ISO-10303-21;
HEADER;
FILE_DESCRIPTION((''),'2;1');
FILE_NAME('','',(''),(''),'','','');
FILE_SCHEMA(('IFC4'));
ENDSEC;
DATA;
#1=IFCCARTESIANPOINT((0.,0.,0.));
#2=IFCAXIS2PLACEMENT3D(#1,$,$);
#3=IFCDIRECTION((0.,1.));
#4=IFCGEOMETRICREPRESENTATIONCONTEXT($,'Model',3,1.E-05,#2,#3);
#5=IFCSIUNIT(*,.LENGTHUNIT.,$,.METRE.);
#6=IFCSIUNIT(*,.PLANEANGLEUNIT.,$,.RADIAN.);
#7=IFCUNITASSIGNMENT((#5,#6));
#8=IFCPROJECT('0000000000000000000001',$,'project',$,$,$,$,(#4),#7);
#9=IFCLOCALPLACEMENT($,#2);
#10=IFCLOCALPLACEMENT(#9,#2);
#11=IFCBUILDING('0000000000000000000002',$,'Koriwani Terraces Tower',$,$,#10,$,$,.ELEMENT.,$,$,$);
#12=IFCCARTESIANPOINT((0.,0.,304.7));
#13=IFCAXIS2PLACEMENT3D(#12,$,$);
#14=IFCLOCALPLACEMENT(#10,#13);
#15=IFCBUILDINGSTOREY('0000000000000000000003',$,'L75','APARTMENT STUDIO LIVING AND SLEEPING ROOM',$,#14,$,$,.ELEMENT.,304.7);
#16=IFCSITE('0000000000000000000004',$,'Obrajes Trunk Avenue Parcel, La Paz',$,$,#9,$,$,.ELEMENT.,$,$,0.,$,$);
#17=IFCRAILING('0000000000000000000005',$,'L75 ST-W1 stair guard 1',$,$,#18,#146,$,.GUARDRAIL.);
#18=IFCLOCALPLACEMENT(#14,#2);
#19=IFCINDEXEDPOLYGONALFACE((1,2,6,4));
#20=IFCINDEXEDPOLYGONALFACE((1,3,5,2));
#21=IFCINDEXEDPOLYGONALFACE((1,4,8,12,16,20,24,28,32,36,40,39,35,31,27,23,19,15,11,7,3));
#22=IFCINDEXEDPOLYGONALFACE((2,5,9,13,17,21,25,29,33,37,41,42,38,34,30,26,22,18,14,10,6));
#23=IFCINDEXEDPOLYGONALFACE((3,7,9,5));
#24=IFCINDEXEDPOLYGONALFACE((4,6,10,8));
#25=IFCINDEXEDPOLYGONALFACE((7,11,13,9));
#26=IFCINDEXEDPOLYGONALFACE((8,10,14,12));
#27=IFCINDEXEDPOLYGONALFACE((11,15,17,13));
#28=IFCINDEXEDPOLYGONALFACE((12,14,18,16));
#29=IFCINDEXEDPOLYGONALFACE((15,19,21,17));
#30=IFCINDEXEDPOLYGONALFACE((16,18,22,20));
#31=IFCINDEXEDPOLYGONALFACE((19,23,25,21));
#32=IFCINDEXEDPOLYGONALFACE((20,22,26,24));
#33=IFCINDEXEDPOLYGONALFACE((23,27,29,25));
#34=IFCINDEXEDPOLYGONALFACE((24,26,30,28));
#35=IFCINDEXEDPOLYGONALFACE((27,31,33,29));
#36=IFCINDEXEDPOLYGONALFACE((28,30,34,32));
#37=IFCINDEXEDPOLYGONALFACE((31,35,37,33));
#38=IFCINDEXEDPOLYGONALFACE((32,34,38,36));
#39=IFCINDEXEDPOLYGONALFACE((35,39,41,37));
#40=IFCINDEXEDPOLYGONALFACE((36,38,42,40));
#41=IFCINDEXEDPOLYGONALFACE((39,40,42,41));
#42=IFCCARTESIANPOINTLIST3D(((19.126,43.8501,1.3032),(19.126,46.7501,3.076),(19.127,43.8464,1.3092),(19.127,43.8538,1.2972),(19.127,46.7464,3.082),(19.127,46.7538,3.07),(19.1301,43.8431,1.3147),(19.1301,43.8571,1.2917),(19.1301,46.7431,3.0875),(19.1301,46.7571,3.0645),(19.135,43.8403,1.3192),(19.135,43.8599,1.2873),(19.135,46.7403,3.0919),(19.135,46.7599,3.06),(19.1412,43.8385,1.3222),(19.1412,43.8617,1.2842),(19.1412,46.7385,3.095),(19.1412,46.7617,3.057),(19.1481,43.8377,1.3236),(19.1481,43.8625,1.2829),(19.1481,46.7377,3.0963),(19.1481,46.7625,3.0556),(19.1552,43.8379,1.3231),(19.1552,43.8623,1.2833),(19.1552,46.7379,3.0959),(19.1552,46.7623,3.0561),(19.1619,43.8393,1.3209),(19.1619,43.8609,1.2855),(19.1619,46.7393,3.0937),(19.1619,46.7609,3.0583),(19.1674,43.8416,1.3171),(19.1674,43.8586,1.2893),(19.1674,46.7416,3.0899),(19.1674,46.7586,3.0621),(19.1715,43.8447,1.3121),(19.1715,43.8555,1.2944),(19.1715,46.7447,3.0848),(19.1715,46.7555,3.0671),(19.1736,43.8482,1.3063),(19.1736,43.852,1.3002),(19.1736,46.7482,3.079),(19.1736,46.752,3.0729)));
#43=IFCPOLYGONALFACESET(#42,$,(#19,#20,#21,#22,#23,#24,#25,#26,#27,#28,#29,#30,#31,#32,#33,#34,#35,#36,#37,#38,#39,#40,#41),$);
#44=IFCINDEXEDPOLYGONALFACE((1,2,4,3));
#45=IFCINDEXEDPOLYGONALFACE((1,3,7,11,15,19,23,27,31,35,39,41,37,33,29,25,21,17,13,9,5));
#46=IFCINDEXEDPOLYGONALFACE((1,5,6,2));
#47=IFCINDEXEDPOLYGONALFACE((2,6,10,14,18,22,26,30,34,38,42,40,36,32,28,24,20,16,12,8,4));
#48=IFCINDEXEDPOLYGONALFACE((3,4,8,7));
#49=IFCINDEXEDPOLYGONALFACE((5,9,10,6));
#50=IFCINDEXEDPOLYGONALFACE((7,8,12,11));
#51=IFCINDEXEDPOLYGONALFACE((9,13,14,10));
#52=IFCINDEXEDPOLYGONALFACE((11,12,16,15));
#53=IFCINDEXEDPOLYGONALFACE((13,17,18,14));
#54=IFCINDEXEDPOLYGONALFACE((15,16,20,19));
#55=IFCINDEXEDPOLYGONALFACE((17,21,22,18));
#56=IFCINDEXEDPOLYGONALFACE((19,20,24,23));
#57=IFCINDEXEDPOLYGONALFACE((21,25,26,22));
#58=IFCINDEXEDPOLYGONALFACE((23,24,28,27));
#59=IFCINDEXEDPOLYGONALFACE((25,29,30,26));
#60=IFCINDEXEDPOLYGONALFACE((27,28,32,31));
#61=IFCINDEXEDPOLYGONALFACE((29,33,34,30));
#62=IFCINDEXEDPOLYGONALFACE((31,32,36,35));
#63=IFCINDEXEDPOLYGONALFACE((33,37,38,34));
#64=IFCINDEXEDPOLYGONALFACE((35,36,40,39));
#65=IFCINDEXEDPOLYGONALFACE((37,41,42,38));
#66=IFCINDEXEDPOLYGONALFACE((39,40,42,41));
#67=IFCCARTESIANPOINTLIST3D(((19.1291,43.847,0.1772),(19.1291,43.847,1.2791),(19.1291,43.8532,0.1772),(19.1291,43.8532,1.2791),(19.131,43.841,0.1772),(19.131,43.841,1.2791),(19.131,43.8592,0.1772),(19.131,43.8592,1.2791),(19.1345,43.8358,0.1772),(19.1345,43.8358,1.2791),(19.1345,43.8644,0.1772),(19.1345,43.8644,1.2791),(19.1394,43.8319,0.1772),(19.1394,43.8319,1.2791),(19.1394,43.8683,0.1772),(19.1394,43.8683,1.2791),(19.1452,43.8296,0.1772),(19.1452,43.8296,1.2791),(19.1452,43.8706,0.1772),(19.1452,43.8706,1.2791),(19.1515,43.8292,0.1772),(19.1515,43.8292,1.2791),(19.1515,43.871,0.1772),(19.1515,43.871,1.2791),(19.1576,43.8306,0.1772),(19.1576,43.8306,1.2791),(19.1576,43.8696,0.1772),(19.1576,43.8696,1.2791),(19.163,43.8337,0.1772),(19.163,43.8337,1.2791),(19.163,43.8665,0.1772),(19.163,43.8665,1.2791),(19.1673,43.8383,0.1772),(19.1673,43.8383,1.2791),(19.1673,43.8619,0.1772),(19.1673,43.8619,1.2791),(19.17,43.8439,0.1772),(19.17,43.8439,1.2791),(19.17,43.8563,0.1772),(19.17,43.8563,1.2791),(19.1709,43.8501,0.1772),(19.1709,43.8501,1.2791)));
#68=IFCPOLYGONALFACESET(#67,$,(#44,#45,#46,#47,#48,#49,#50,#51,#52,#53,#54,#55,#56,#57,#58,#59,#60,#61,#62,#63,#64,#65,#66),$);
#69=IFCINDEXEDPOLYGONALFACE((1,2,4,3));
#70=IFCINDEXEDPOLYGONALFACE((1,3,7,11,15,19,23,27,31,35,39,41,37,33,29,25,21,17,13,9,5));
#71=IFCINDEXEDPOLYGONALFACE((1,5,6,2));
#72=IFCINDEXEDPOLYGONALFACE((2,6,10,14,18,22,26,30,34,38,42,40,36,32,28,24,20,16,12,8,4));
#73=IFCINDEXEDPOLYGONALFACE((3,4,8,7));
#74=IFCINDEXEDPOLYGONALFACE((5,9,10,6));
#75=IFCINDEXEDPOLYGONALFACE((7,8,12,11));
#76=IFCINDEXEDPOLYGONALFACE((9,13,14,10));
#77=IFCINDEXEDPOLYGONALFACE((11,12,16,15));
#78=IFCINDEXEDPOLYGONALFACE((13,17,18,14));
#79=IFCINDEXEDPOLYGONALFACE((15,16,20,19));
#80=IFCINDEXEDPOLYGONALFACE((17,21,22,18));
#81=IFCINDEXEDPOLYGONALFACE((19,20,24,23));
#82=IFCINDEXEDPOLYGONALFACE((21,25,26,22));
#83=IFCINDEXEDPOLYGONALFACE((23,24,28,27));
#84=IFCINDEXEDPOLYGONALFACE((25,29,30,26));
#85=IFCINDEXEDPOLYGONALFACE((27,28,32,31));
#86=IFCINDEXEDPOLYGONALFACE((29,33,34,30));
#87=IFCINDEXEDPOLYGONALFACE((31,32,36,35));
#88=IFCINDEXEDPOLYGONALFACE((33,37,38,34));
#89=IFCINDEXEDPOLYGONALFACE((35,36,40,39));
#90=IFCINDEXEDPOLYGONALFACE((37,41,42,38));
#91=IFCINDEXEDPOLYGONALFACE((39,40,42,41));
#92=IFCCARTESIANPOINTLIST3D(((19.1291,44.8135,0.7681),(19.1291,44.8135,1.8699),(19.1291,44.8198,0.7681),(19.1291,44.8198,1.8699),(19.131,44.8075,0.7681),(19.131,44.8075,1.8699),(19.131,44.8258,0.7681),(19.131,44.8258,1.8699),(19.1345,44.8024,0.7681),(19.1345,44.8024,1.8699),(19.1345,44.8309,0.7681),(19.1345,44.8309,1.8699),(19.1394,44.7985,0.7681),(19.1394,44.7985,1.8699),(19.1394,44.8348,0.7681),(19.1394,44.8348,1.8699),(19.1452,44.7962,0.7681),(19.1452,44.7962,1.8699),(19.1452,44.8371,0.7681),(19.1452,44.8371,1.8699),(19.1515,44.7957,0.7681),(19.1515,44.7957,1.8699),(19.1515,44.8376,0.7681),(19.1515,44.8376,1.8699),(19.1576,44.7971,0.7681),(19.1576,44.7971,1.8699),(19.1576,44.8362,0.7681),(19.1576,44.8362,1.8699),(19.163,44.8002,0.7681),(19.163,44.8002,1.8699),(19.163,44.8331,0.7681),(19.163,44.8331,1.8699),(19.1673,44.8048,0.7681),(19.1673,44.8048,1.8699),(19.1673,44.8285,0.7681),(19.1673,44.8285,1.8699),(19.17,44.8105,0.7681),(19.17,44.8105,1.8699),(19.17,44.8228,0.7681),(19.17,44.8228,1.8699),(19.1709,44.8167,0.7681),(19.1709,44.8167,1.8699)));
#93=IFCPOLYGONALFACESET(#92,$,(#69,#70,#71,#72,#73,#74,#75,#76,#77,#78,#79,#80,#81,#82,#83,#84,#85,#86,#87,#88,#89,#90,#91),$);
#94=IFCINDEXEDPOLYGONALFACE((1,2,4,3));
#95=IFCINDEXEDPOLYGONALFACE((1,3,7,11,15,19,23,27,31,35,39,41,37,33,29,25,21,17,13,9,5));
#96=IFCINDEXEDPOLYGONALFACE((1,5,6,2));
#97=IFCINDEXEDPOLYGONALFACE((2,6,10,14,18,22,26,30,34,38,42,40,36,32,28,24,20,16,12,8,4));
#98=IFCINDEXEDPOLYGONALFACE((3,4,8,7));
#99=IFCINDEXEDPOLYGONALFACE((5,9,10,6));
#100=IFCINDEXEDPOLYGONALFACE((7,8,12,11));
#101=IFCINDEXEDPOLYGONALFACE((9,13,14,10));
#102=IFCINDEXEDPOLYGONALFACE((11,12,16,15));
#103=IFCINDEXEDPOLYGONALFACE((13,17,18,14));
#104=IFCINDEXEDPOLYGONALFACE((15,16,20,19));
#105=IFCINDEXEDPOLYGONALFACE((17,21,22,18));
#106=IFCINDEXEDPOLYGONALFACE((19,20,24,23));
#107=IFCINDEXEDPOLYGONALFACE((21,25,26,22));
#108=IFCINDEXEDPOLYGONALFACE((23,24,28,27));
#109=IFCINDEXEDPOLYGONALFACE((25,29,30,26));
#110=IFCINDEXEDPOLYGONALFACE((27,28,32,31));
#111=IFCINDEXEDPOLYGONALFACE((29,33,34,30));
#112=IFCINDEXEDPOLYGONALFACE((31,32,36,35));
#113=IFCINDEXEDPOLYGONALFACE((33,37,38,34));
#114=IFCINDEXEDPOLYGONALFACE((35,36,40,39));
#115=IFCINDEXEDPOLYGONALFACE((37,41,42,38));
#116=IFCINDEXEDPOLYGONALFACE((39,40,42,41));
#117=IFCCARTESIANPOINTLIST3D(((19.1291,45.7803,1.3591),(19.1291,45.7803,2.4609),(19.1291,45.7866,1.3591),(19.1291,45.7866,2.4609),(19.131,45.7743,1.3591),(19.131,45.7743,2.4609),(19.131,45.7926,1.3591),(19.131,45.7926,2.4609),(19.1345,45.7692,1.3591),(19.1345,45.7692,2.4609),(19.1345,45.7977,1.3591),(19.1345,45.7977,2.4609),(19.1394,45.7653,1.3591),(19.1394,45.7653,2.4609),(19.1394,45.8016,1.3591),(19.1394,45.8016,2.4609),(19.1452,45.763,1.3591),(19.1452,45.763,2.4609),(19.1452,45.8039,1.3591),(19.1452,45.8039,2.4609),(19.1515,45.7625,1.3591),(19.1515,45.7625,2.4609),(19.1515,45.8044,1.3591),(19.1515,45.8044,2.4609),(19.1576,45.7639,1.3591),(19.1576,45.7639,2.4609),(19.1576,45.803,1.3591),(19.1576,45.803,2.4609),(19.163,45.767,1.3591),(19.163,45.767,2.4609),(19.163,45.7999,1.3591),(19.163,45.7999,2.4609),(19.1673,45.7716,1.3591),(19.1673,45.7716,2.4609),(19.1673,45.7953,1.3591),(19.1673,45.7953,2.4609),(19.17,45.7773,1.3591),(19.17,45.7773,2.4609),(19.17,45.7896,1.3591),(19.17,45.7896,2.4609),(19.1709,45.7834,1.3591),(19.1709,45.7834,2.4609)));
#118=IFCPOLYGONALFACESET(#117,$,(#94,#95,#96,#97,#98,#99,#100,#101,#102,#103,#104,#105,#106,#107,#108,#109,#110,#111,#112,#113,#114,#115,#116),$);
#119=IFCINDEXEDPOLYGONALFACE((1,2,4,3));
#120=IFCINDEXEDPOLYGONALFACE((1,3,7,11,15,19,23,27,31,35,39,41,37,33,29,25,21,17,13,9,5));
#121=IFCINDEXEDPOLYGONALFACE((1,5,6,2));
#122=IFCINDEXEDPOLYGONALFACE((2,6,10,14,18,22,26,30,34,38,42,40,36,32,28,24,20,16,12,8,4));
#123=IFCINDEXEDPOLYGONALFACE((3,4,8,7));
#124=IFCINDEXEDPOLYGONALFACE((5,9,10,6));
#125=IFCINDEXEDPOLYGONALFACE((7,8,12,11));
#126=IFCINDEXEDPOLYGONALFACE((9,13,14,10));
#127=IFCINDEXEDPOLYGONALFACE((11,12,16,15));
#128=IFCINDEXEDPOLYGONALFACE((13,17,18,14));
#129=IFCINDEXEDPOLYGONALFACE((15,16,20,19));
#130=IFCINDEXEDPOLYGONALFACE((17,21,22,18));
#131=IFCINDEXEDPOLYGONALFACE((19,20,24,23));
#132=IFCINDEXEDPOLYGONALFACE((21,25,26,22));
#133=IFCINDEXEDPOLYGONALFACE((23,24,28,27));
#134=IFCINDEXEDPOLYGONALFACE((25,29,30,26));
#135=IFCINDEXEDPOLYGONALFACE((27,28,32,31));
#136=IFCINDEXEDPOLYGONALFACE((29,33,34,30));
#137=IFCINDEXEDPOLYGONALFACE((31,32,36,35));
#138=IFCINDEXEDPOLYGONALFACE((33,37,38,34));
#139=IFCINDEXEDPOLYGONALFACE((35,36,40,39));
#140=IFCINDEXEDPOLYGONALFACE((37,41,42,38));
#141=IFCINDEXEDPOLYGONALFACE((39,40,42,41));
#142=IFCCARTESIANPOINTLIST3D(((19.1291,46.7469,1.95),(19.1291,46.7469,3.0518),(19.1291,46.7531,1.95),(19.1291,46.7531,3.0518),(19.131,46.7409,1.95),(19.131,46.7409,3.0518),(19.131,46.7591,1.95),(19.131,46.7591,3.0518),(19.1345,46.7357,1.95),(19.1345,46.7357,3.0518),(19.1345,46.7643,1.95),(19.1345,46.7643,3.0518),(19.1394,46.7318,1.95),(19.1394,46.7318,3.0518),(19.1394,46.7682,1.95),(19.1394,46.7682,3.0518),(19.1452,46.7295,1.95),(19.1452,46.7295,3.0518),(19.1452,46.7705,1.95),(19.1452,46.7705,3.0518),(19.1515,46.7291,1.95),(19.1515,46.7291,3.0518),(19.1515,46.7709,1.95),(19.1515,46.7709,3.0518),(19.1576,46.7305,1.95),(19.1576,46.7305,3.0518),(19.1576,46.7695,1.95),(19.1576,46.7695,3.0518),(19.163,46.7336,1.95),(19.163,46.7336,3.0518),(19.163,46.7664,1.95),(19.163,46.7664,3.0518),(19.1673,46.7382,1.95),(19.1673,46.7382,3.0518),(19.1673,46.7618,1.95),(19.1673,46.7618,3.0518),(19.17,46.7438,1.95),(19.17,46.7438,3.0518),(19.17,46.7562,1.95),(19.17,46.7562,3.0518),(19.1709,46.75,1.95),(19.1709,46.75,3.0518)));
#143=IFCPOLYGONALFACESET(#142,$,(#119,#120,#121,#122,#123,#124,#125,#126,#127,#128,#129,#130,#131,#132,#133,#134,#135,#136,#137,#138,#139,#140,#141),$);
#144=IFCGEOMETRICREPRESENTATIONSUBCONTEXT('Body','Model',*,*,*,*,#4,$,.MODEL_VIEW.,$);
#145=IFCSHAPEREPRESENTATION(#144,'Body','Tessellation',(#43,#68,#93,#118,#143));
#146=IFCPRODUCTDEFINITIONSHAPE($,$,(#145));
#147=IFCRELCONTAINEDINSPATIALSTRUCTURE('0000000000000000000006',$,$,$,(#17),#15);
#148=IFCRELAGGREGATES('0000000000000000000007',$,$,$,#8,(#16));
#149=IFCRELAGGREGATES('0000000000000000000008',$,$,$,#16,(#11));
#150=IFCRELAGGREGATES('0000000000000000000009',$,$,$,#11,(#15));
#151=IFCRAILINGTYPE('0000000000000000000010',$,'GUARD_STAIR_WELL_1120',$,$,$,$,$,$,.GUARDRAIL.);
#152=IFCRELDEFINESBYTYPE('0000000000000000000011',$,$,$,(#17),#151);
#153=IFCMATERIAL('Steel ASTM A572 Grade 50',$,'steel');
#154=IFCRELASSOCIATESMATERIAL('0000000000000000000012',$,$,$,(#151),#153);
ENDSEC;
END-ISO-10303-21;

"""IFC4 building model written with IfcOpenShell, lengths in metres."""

from ifc_helpers import new_model, si_unit, direction, frame, origin, origin_2d, place, context, subcontext, project, spatial, circle, extrude, material, type_object, element, save


model = new_model("IFC4")

# Units and contexts
model_context = context("Model", 3, precision=1e-05, world=origin(), true_north=direction((0.0, 1.0)))
body_context = subcontext(model_context, "Body", "Model", "MODEL_VIEW")
ifc_project = project(units=[si_unit("LENGTHUNIT", "METRE"), si_unit("PLANEANGLEUNIT", "RADIAN")], contexts=[model_context])

# Site, building, storey
site_placement = place(None, origin())
site = spatial("IfcSite", under=ifc_project, at=site_placement, Name="Obrajes Trunk Avenue Parcel, La Paz", CompositionType="ELEMENT", RefElevation=0.0)
building_placement = place(site_placement, origin())
building = spatial("IfcBuilding", under=site, at=building_placement, Name="Koriwani Terraces Tower", CompositionType="ELEMENT")
storey_placement = place(building_placement, frame((0.0, 0.0, 304.7)))
storey = spatial("IfcBuildingStorey", under=building, at=storey_placement, Name="L75", Description="APARTMENT STUDIO LIVING AND SLEEPING ROOM", CompositionType="ELEMENT", Elevation=304.7)

# Shared definitions
ifc_material_1 = material(Name="Steel ASTM A572 Grade 50", Category="steel")

# Railing
railing_type_1 = type_object("IfcRailingType", Name="GUARD_STAIR_WELL_1120", PredefinedType="GUARDRAIL", material=ifc_material_1)
railing_1_placement = place(storey_placement, frame((19.1499, 43.8501, 0.1772)))
element("IfcRailing", 1, at=railing_1_placement, inside=storey, type_object=railing_type_1, Name="L75 ST-W1 stair guard 1", PredefinedType="GUARDRAIL", context=body_context, shape_type="SweptSolid", body=[
    extrude(circle(Radius=0.0239, at=origin_2d()), frame((0.0, 0.0, 1.126), z_axis=(0.0, 0.853211, 0.521566), x_axis=(-1.0, 0.0, 0.0)), (0.0, 0.0, 1.0), 3.3989),
    extrude(circle(Radius=0.021, at=origin_2d()), origin(), (0.0, 0.0, 1.0), 1.1018),
    extrude(circle(Radius=0.021, at=origin_2d()), frame((0.0, 0.9666, 0.5908)), (0.0, 0.0, 1.0), 1.1018),
    extrude(circle(Radius=0.021, at=origin_2d()), frame((0.0, 1.9333, 1.1819)), (0.0, 0.0, 1.0), 1.1018),
    extrude(circle(Radius=0.021, at=origin_2d()), frame((0.0, 2.8999, 1.7727)), (0.0, 0.0, 1.0), 1.1018),
])

save(model, "model.ifc")
